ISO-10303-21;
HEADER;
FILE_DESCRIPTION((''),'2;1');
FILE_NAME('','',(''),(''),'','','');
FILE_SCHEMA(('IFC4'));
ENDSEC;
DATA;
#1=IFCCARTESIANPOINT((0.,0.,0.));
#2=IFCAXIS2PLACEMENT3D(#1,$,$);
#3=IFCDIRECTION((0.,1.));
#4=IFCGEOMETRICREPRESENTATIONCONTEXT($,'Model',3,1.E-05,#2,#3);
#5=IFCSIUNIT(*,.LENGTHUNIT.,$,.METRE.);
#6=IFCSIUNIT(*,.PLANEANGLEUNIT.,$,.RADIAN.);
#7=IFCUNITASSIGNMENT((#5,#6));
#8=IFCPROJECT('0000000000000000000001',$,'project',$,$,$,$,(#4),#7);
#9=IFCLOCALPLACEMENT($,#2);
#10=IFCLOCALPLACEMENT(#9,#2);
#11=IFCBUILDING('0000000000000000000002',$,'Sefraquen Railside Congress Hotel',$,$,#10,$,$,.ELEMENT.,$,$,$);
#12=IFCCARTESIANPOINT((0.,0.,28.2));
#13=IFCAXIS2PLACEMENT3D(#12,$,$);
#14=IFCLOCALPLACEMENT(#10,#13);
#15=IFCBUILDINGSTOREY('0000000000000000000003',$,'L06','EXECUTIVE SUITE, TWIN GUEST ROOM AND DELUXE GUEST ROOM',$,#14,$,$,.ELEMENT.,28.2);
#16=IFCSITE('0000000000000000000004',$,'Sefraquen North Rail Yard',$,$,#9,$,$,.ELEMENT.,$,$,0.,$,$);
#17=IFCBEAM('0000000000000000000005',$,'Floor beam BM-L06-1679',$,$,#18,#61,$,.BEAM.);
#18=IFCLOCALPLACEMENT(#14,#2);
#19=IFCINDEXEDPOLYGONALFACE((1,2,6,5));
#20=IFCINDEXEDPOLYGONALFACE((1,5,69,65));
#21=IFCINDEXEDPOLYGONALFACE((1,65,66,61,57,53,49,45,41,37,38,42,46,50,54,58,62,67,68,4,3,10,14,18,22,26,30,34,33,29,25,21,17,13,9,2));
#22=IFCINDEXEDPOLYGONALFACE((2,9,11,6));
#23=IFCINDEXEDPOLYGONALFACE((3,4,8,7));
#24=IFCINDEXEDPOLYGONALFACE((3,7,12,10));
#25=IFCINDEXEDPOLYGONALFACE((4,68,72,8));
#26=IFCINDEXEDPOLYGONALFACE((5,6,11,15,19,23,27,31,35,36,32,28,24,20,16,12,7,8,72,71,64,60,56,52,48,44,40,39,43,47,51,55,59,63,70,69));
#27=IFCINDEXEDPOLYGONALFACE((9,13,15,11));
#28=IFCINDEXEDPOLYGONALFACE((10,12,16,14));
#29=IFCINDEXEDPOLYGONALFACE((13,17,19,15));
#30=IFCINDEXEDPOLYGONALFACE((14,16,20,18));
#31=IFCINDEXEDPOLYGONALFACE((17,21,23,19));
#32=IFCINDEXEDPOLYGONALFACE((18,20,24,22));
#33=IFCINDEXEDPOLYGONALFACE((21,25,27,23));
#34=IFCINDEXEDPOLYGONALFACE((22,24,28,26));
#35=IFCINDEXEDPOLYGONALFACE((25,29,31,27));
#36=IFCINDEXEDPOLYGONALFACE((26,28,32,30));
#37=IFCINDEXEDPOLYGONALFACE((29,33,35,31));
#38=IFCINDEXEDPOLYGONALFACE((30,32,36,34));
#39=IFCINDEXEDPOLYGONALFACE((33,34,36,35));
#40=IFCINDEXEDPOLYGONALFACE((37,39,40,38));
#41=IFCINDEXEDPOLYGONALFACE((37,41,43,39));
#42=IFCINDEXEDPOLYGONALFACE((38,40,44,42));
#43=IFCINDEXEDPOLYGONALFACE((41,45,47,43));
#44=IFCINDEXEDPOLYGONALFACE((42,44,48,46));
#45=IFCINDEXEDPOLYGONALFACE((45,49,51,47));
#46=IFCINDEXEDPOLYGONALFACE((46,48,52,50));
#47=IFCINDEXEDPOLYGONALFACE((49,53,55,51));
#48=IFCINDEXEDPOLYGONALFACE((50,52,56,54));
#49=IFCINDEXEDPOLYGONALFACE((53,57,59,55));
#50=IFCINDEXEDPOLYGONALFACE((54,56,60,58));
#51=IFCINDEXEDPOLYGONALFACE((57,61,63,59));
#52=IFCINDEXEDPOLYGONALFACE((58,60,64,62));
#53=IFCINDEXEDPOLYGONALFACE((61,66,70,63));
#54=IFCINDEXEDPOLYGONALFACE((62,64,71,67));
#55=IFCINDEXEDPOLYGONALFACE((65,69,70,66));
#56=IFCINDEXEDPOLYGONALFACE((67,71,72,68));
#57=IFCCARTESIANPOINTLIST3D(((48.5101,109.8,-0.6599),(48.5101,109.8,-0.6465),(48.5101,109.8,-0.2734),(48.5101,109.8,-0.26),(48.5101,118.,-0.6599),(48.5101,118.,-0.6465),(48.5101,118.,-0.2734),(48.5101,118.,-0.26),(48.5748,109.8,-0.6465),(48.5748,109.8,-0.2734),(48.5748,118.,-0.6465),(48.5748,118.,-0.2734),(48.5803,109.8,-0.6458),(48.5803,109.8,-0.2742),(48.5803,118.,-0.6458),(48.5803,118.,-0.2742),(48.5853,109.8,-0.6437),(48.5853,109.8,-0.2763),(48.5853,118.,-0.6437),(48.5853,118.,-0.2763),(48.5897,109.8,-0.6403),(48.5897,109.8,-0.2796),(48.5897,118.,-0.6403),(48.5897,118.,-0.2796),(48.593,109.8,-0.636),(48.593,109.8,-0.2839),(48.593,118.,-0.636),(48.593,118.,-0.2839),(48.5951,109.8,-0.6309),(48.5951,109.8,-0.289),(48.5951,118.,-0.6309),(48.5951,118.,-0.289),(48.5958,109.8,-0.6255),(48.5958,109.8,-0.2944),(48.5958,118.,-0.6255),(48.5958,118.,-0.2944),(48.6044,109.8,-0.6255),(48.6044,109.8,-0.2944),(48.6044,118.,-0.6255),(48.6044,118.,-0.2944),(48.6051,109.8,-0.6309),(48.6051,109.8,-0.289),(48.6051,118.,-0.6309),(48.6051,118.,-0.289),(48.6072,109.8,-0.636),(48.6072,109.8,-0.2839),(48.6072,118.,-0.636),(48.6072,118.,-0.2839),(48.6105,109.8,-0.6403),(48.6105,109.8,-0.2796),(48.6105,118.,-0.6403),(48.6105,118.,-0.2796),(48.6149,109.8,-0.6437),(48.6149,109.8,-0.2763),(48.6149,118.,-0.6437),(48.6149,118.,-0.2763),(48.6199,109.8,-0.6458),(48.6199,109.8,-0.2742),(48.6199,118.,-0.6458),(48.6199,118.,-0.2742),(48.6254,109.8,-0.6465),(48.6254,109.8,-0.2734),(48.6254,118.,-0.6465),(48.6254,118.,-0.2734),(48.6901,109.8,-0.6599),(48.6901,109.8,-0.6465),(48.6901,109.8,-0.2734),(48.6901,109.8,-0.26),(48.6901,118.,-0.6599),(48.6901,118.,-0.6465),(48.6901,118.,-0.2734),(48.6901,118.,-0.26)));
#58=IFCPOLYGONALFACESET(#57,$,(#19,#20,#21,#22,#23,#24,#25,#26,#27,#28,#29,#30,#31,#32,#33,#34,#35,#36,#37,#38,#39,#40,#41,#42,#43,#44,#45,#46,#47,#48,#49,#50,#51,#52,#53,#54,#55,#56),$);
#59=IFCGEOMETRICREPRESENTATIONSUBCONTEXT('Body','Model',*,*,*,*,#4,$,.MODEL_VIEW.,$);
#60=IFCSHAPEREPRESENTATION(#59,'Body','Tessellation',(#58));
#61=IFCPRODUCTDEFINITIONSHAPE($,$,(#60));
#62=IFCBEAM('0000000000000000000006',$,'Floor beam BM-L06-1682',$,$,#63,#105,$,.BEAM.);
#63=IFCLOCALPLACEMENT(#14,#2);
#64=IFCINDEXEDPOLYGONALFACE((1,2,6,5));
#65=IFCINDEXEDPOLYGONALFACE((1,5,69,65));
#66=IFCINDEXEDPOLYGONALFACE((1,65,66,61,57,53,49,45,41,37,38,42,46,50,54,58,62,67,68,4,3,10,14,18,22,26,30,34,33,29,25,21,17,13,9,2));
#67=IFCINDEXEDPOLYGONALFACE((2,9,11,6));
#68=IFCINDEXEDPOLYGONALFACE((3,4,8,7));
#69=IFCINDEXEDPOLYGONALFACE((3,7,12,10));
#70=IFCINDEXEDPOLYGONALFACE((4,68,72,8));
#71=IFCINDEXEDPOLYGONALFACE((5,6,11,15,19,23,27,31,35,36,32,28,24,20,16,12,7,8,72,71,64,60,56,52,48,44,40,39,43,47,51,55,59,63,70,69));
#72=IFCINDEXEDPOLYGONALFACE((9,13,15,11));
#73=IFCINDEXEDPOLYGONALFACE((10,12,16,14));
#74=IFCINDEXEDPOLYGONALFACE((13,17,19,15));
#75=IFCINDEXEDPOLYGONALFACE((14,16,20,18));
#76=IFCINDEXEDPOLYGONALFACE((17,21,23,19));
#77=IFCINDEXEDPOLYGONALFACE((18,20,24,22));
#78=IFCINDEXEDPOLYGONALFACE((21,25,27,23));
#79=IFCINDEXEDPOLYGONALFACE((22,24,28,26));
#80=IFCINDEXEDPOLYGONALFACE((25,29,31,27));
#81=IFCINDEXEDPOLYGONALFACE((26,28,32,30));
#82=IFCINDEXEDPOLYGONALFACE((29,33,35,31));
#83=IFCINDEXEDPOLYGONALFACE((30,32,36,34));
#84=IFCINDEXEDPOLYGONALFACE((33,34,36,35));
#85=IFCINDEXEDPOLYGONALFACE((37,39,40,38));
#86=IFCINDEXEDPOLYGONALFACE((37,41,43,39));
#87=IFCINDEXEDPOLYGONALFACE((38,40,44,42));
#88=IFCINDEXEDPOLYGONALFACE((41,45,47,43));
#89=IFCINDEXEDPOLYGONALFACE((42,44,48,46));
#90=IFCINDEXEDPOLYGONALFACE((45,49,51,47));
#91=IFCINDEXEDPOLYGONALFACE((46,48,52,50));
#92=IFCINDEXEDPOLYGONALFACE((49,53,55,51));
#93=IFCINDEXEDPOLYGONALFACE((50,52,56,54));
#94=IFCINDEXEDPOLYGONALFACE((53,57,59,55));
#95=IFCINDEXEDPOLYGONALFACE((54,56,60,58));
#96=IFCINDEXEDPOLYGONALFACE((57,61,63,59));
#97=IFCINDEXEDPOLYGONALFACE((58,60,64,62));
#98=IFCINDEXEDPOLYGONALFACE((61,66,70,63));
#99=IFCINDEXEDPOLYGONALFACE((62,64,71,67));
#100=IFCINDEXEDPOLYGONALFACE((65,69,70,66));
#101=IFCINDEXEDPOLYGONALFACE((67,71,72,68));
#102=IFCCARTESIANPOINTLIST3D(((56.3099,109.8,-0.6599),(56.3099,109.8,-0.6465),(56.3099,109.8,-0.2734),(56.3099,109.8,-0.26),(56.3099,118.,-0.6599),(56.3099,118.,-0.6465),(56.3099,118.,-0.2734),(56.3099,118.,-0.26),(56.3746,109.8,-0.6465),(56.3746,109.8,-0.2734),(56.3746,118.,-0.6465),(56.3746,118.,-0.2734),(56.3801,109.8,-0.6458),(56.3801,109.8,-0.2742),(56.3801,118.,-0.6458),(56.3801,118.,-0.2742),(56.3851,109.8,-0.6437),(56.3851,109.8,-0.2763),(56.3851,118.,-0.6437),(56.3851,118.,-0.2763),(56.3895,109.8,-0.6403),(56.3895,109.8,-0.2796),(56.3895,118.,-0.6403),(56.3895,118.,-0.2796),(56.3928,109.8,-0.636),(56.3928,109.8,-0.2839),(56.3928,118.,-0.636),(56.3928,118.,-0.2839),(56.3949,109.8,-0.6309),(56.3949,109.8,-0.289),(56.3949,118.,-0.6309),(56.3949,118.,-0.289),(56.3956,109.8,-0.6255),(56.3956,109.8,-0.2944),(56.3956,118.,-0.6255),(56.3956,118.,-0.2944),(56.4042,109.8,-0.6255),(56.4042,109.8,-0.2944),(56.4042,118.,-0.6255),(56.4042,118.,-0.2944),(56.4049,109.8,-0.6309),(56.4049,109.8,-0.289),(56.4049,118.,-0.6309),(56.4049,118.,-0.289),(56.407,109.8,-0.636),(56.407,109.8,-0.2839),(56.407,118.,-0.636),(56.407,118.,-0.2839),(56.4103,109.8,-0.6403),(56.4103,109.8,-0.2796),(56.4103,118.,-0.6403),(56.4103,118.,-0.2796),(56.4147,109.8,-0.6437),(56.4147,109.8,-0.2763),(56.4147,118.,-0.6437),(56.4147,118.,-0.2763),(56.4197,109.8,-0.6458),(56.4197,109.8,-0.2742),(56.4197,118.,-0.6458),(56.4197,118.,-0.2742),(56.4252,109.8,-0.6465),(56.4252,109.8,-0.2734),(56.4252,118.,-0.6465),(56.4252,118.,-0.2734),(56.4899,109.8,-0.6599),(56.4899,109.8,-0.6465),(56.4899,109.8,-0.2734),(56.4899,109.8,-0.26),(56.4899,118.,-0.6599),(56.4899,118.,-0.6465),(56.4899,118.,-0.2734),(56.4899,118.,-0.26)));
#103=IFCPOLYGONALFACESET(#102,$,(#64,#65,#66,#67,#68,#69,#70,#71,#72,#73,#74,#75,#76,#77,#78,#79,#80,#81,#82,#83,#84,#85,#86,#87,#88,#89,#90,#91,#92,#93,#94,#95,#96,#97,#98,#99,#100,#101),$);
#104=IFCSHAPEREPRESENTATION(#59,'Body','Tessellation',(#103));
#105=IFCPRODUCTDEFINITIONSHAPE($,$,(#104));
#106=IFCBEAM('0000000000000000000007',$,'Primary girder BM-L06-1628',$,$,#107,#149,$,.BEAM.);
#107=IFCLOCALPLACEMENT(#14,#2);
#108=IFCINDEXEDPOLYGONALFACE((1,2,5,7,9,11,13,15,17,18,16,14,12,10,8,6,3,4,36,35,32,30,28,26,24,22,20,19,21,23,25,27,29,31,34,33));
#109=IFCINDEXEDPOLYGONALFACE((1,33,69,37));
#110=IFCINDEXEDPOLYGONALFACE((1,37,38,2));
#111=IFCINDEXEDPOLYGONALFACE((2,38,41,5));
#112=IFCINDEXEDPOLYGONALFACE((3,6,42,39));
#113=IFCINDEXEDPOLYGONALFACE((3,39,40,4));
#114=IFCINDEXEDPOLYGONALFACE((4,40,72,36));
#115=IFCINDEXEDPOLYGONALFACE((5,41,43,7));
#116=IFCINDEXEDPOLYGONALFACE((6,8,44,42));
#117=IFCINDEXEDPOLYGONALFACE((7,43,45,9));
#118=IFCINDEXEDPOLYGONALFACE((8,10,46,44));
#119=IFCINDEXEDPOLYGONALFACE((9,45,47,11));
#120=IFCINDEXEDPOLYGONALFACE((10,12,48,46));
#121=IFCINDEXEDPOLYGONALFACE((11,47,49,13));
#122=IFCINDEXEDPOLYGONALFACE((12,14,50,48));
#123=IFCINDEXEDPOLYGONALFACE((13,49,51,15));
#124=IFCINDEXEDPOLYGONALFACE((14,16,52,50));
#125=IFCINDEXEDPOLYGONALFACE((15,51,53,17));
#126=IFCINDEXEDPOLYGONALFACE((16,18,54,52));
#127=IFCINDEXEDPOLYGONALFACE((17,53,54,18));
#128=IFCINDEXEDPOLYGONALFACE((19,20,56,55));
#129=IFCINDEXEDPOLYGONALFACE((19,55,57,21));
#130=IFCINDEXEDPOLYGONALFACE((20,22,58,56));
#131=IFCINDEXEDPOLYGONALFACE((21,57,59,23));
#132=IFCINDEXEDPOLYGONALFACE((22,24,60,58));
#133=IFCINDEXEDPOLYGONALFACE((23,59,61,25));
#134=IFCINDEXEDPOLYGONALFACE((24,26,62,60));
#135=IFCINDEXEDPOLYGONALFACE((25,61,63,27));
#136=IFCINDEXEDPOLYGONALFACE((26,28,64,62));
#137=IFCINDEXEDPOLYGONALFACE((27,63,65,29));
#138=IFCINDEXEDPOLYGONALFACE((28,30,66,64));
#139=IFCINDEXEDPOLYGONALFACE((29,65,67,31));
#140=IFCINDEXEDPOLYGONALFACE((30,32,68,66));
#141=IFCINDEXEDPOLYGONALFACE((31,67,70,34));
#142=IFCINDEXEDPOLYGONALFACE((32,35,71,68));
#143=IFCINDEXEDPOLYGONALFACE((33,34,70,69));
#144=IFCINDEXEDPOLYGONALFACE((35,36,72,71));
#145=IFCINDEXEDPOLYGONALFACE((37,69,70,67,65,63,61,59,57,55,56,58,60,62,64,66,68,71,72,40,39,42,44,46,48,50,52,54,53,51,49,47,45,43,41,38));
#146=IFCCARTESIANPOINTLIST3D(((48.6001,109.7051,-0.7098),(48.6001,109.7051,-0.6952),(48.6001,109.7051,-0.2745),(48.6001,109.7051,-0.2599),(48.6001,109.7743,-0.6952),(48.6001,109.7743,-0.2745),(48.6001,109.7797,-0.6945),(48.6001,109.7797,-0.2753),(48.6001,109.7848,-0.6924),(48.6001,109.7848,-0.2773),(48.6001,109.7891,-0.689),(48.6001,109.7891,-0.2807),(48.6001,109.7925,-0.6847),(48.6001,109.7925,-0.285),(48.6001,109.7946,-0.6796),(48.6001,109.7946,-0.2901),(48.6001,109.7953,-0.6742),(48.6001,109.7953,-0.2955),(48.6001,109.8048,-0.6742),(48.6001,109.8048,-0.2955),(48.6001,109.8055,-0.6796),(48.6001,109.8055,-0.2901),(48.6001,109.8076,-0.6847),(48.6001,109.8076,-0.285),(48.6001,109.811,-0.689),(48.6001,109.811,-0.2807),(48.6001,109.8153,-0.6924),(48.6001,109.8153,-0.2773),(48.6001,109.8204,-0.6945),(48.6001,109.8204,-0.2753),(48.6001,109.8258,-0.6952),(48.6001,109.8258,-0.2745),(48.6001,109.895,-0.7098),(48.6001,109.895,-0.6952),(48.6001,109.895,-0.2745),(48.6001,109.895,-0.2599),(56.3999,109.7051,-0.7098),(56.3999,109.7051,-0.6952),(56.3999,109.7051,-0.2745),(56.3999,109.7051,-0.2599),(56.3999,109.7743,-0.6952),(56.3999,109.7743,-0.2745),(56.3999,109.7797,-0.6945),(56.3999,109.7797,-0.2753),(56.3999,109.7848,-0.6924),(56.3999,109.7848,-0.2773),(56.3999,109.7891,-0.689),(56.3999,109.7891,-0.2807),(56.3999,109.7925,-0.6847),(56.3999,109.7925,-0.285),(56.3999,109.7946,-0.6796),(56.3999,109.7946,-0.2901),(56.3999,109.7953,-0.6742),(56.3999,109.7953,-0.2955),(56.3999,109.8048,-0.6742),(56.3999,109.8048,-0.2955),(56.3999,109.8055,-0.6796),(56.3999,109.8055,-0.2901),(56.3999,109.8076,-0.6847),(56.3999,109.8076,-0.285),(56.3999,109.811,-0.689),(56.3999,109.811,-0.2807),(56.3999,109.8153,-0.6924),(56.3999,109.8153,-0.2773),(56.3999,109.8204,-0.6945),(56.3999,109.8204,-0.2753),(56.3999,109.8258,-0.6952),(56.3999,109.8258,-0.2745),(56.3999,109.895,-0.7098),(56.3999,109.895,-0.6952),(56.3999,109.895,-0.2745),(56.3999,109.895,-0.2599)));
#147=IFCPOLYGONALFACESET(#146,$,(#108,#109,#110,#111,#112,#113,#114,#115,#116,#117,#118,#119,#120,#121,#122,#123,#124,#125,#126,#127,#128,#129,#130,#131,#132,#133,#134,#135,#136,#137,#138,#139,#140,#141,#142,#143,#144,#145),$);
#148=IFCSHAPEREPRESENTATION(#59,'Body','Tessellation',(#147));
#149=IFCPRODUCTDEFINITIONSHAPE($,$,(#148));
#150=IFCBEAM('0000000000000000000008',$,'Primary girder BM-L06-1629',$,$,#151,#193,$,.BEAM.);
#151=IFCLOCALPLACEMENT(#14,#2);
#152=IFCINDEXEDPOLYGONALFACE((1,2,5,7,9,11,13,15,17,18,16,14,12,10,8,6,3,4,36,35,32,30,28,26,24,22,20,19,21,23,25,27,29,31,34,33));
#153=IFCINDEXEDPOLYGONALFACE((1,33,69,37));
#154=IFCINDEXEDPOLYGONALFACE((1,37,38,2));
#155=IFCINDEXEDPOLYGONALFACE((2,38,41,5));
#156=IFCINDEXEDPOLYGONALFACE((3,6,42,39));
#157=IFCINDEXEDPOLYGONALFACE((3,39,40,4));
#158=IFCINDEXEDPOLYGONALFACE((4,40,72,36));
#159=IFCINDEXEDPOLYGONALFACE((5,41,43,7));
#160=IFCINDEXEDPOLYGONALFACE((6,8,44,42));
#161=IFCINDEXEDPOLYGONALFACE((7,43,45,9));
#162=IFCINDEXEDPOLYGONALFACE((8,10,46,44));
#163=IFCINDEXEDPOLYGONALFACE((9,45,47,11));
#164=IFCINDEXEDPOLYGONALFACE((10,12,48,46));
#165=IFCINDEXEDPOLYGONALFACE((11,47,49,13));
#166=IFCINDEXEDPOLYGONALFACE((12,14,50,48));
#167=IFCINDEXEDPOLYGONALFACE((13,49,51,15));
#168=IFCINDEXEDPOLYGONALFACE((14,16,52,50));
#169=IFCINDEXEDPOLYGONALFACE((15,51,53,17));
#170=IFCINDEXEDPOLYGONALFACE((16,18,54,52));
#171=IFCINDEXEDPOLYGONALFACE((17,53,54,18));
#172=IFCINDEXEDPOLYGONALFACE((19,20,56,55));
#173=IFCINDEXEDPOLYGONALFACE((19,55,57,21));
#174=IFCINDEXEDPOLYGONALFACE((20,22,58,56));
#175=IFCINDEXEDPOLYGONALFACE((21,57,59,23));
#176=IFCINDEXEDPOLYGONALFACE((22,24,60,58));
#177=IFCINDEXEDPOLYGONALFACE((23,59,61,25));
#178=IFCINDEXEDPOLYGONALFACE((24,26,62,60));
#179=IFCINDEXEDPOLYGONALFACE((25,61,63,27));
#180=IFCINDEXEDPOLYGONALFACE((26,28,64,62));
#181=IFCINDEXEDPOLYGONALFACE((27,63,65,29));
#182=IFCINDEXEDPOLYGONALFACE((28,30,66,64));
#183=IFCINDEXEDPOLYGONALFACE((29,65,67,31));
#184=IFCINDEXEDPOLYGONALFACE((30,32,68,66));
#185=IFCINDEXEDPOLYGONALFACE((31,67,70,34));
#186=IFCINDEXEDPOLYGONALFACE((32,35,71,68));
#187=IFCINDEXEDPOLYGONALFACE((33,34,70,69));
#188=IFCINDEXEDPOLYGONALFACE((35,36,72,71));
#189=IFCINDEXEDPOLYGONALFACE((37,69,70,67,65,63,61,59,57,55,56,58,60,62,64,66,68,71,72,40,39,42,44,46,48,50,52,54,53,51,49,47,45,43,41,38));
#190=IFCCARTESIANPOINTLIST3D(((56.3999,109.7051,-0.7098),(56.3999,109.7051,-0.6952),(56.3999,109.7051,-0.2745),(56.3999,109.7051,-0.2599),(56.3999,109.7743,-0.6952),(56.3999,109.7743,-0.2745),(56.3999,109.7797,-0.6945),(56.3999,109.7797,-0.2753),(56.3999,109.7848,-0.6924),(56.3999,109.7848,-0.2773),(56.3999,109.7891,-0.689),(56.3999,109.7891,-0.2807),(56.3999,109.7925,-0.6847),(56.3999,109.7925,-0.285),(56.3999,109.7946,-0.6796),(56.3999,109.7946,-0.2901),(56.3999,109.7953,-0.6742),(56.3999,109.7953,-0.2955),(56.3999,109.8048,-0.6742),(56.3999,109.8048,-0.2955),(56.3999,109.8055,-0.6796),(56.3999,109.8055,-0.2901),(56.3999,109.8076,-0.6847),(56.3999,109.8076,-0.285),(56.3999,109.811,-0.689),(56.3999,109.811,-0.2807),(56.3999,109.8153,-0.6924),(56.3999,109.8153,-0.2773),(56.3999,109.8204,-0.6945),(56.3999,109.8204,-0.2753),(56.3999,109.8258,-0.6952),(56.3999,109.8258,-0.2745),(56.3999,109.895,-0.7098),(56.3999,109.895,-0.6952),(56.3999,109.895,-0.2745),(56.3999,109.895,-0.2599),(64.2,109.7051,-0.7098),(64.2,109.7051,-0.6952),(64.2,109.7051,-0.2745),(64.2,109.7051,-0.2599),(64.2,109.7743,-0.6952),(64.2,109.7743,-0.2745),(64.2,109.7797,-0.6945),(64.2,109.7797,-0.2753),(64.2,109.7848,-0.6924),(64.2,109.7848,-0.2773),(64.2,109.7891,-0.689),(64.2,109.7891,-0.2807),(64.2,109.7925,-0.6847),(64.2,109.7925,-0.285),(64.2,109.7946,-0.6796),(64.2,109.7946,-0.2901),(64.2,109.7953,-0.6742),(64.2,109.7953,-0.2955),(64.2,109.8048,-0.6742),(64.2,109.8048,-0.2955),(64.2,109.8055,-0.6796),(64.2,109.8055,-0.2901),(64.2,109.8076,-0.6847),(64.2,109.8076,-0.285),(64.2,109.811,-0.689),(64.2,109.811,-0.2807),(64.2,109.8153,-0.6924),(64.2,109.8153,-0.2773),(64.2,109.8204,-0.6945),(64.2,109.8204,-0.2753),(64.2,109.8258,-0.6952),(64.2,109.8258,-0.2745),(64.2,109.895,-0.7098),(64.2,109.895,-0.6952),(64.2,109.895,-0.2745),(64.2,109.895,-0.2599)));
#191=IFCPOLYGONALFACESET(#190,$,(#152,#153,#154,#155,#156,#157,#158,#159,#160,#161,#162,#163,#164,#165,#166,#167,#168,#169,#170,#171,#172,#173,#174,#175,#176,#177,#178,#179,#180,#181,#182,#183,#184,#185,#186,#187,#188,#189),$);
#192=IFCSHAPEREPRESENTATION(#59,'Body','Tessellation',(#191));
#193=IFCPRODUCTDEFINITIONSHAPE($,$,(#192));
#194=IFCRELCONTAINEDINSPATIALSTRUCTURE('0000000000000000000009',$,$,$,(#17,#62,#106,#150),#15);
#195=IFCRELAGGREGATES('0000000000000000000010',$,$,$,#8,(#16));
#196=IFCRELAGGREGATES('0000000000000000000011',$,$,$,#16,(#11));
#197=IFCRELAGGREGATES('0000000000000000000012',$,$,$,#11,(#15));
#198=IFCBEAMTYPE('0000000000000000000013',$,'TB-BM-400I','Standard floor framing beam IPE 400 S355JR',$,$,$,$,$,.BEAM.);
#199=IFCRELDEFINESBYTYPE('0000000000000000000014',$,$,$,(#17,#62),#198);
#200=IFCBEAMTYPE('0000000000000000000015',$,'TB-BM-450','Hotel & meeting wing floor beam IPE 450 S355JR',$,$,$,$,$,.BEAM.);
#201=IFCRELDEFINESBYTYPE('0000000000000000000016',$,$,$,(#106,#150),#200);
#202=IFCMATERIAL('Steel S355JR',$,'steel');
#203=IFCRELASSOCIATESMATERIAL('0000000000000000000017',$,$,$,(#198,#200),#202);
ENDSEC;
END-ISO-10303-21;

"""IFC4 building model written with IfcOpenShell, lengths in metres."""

from ifc_helpers import new_model, si_unit, direction, frame, origin, origin_2d, place, context, subcontext, project, spatial, i_section, extrude, material, material_profile, profile_set, type_object, element, save


model = new_model("IFC4")

# Units and contexts
model_context = context("Model", 3, precision=1e-05, world=origin(), true_north=direction((0.0, 1.0)))
body_context = subcontext(model_context, "Body", "Model", "MODEL_VIEW")
ifc_project = project(units=[si_unit("LENGTHUNIT", "METRE"), si_unit("PLANEANGLEUNIT", "RADIAN")], contexts=[model_context])

# Site, building, storey
site_placement = place(None, origin())
site = spatial("IfcSite", under=ifc_project, at=site_placement, Name="Sefraquen North Rail Yard", CompositionType="ELEMENT", RefElevation=0.0)
building_placement = place(site_placement, origin())
building = spatial("IfcBuilding", under=site, at=building_placement, Name="Sefraquen Railside Congress Hotel", CompositionType="ELEMENT")
storey_placement = place(building_placement, frame((0.0, 0.0, 28.2)))
storey = spatial("IfcBuildingStorey", under=building, at=storey_placement, Name="L06", Description="EXECUTIVE SUITE, TWIN GUEST ROOM AND DELUXE GUEST ROOM", CompositionType="ELEMENT", Elevation=28.2)

# Shared definitions
ifc_material_1 = material(Name="Steel S355JR", Category="steel")

# Beams
ifc_material_profile_1 = material_profile(ifc_material_1, i_section(OverallWidth=0.1799, OverallDepth=0.3999, WebThickness=0.0085, FlangeThickness=0.0134, FilletRadius=0.021, at=origin_2d()), Name="IPE 400")
ifc_profile_set_1 = profile_set([ifc_material_profile_1], Name="Steel S355JR")
beam_type_1 = type_object("IfcBeamType", Name="TB-BM-400I", Description="Standard floor framing beam IPE 400 S355JR", PredefinedType="BEAM", material=ifc_profile_set_1)
for number, where, z_axis, x_axis, name in (
    (1, (48.6001, 109.8, -0.46), (0.0, 1.0, 0.0), (-1.0, 0.0, 0.0), "Floor beam BM-L06-1679"),
    (2, (56.3999, 109.8, -0.46), (0.0, 1.0, 0.0), (-1.0, 0.0, 0.0), "Floor beam BM-L06-1682"),
):
    element("IfcBeam", number, at=place(storey_placement, frame(where, z_axis=z_axis, x_axis=x_axis)), inside=storey, type_object=beam_type_1, Name=name, PredefinedType="BEAM", context=body_context, shape_type="SweptSolid", body=[
        extrude(i_section(OverallWidth=0.1799, OverallDepth=0.3999, WebThickness=0.0085, FlangeThickness=0.0134, FilletRadius=0.021, at=origin_2d()), origin(), (0.0, 0.0, 1.0), 8.2),
    ])
ifc_material_profile_2 = material_profile(ifc_material_1, i_section(OverallWidth=0.1899, OverallDepth=0.45, WebThickness=0.0095, FlangeThickness=0.0146, FilletRadius=0.021, at=origin_2d()), Name="IPE 450")
ifc_profile_set_2 = profile_set([ifc_material_profile_2], Name="Steel S355JR")
beam_type_2 = type_object("IfcBeamType", Name="TB-BM-450", Description="Hotel & meeting wing floor beam IPE 450 S355JR", PredefinedType="BEAM", material=ifc_profile_set_2)
beam_1_placement = place(storey_placement, frame((48.6001, 109.8, -0.4849), z_axis=(1.0, 0.0, 0.0), x_axis=(0.0, 1.0, 0.0)))
element("IfcBeam", 3, at=beam_1_placement, inside=storey, type_object=beam_type_2, Name="Primary girder BM-L06-1628", PredefinedType="BEAM", context=body_context, shape_type="SweptSolid", body=[
    extrude(i_section(OverallWidth=0.1899, OverallDepth=0.45, WebThickness=0.0095, FlangeThickness=0.0146, FilletRadius=0.021, at=origin_2d()), origin(), (0.0, 0.0, 1.0), 7.7998),
])
beam_2_placement = place(storey_placement, frame((56.3999, 109.8, -0.4849), z_axis=(1.0, 0.0, 0.0), x_axis=(0.0, 1.0, 0.0)))
element("IfcBeam", 4, at=beam_2_placement, inside=storey, type_object=beam_type_2, Name="Primary girder BM-L06-1629", PredefinedType="BEAM", context=body_context, shape_type="SweptSolid", body=[
    extrude(i_section(OverallWidth=0.1899, OverallDepth=0.45, WebThickness=0.0095, FlangeThickness=0.0146, FilletRadius=0.021, at=origin_2d()), origin(), (0.0, 0.0, 1.0), 7.8),
])

save(model, "model.ifc")
